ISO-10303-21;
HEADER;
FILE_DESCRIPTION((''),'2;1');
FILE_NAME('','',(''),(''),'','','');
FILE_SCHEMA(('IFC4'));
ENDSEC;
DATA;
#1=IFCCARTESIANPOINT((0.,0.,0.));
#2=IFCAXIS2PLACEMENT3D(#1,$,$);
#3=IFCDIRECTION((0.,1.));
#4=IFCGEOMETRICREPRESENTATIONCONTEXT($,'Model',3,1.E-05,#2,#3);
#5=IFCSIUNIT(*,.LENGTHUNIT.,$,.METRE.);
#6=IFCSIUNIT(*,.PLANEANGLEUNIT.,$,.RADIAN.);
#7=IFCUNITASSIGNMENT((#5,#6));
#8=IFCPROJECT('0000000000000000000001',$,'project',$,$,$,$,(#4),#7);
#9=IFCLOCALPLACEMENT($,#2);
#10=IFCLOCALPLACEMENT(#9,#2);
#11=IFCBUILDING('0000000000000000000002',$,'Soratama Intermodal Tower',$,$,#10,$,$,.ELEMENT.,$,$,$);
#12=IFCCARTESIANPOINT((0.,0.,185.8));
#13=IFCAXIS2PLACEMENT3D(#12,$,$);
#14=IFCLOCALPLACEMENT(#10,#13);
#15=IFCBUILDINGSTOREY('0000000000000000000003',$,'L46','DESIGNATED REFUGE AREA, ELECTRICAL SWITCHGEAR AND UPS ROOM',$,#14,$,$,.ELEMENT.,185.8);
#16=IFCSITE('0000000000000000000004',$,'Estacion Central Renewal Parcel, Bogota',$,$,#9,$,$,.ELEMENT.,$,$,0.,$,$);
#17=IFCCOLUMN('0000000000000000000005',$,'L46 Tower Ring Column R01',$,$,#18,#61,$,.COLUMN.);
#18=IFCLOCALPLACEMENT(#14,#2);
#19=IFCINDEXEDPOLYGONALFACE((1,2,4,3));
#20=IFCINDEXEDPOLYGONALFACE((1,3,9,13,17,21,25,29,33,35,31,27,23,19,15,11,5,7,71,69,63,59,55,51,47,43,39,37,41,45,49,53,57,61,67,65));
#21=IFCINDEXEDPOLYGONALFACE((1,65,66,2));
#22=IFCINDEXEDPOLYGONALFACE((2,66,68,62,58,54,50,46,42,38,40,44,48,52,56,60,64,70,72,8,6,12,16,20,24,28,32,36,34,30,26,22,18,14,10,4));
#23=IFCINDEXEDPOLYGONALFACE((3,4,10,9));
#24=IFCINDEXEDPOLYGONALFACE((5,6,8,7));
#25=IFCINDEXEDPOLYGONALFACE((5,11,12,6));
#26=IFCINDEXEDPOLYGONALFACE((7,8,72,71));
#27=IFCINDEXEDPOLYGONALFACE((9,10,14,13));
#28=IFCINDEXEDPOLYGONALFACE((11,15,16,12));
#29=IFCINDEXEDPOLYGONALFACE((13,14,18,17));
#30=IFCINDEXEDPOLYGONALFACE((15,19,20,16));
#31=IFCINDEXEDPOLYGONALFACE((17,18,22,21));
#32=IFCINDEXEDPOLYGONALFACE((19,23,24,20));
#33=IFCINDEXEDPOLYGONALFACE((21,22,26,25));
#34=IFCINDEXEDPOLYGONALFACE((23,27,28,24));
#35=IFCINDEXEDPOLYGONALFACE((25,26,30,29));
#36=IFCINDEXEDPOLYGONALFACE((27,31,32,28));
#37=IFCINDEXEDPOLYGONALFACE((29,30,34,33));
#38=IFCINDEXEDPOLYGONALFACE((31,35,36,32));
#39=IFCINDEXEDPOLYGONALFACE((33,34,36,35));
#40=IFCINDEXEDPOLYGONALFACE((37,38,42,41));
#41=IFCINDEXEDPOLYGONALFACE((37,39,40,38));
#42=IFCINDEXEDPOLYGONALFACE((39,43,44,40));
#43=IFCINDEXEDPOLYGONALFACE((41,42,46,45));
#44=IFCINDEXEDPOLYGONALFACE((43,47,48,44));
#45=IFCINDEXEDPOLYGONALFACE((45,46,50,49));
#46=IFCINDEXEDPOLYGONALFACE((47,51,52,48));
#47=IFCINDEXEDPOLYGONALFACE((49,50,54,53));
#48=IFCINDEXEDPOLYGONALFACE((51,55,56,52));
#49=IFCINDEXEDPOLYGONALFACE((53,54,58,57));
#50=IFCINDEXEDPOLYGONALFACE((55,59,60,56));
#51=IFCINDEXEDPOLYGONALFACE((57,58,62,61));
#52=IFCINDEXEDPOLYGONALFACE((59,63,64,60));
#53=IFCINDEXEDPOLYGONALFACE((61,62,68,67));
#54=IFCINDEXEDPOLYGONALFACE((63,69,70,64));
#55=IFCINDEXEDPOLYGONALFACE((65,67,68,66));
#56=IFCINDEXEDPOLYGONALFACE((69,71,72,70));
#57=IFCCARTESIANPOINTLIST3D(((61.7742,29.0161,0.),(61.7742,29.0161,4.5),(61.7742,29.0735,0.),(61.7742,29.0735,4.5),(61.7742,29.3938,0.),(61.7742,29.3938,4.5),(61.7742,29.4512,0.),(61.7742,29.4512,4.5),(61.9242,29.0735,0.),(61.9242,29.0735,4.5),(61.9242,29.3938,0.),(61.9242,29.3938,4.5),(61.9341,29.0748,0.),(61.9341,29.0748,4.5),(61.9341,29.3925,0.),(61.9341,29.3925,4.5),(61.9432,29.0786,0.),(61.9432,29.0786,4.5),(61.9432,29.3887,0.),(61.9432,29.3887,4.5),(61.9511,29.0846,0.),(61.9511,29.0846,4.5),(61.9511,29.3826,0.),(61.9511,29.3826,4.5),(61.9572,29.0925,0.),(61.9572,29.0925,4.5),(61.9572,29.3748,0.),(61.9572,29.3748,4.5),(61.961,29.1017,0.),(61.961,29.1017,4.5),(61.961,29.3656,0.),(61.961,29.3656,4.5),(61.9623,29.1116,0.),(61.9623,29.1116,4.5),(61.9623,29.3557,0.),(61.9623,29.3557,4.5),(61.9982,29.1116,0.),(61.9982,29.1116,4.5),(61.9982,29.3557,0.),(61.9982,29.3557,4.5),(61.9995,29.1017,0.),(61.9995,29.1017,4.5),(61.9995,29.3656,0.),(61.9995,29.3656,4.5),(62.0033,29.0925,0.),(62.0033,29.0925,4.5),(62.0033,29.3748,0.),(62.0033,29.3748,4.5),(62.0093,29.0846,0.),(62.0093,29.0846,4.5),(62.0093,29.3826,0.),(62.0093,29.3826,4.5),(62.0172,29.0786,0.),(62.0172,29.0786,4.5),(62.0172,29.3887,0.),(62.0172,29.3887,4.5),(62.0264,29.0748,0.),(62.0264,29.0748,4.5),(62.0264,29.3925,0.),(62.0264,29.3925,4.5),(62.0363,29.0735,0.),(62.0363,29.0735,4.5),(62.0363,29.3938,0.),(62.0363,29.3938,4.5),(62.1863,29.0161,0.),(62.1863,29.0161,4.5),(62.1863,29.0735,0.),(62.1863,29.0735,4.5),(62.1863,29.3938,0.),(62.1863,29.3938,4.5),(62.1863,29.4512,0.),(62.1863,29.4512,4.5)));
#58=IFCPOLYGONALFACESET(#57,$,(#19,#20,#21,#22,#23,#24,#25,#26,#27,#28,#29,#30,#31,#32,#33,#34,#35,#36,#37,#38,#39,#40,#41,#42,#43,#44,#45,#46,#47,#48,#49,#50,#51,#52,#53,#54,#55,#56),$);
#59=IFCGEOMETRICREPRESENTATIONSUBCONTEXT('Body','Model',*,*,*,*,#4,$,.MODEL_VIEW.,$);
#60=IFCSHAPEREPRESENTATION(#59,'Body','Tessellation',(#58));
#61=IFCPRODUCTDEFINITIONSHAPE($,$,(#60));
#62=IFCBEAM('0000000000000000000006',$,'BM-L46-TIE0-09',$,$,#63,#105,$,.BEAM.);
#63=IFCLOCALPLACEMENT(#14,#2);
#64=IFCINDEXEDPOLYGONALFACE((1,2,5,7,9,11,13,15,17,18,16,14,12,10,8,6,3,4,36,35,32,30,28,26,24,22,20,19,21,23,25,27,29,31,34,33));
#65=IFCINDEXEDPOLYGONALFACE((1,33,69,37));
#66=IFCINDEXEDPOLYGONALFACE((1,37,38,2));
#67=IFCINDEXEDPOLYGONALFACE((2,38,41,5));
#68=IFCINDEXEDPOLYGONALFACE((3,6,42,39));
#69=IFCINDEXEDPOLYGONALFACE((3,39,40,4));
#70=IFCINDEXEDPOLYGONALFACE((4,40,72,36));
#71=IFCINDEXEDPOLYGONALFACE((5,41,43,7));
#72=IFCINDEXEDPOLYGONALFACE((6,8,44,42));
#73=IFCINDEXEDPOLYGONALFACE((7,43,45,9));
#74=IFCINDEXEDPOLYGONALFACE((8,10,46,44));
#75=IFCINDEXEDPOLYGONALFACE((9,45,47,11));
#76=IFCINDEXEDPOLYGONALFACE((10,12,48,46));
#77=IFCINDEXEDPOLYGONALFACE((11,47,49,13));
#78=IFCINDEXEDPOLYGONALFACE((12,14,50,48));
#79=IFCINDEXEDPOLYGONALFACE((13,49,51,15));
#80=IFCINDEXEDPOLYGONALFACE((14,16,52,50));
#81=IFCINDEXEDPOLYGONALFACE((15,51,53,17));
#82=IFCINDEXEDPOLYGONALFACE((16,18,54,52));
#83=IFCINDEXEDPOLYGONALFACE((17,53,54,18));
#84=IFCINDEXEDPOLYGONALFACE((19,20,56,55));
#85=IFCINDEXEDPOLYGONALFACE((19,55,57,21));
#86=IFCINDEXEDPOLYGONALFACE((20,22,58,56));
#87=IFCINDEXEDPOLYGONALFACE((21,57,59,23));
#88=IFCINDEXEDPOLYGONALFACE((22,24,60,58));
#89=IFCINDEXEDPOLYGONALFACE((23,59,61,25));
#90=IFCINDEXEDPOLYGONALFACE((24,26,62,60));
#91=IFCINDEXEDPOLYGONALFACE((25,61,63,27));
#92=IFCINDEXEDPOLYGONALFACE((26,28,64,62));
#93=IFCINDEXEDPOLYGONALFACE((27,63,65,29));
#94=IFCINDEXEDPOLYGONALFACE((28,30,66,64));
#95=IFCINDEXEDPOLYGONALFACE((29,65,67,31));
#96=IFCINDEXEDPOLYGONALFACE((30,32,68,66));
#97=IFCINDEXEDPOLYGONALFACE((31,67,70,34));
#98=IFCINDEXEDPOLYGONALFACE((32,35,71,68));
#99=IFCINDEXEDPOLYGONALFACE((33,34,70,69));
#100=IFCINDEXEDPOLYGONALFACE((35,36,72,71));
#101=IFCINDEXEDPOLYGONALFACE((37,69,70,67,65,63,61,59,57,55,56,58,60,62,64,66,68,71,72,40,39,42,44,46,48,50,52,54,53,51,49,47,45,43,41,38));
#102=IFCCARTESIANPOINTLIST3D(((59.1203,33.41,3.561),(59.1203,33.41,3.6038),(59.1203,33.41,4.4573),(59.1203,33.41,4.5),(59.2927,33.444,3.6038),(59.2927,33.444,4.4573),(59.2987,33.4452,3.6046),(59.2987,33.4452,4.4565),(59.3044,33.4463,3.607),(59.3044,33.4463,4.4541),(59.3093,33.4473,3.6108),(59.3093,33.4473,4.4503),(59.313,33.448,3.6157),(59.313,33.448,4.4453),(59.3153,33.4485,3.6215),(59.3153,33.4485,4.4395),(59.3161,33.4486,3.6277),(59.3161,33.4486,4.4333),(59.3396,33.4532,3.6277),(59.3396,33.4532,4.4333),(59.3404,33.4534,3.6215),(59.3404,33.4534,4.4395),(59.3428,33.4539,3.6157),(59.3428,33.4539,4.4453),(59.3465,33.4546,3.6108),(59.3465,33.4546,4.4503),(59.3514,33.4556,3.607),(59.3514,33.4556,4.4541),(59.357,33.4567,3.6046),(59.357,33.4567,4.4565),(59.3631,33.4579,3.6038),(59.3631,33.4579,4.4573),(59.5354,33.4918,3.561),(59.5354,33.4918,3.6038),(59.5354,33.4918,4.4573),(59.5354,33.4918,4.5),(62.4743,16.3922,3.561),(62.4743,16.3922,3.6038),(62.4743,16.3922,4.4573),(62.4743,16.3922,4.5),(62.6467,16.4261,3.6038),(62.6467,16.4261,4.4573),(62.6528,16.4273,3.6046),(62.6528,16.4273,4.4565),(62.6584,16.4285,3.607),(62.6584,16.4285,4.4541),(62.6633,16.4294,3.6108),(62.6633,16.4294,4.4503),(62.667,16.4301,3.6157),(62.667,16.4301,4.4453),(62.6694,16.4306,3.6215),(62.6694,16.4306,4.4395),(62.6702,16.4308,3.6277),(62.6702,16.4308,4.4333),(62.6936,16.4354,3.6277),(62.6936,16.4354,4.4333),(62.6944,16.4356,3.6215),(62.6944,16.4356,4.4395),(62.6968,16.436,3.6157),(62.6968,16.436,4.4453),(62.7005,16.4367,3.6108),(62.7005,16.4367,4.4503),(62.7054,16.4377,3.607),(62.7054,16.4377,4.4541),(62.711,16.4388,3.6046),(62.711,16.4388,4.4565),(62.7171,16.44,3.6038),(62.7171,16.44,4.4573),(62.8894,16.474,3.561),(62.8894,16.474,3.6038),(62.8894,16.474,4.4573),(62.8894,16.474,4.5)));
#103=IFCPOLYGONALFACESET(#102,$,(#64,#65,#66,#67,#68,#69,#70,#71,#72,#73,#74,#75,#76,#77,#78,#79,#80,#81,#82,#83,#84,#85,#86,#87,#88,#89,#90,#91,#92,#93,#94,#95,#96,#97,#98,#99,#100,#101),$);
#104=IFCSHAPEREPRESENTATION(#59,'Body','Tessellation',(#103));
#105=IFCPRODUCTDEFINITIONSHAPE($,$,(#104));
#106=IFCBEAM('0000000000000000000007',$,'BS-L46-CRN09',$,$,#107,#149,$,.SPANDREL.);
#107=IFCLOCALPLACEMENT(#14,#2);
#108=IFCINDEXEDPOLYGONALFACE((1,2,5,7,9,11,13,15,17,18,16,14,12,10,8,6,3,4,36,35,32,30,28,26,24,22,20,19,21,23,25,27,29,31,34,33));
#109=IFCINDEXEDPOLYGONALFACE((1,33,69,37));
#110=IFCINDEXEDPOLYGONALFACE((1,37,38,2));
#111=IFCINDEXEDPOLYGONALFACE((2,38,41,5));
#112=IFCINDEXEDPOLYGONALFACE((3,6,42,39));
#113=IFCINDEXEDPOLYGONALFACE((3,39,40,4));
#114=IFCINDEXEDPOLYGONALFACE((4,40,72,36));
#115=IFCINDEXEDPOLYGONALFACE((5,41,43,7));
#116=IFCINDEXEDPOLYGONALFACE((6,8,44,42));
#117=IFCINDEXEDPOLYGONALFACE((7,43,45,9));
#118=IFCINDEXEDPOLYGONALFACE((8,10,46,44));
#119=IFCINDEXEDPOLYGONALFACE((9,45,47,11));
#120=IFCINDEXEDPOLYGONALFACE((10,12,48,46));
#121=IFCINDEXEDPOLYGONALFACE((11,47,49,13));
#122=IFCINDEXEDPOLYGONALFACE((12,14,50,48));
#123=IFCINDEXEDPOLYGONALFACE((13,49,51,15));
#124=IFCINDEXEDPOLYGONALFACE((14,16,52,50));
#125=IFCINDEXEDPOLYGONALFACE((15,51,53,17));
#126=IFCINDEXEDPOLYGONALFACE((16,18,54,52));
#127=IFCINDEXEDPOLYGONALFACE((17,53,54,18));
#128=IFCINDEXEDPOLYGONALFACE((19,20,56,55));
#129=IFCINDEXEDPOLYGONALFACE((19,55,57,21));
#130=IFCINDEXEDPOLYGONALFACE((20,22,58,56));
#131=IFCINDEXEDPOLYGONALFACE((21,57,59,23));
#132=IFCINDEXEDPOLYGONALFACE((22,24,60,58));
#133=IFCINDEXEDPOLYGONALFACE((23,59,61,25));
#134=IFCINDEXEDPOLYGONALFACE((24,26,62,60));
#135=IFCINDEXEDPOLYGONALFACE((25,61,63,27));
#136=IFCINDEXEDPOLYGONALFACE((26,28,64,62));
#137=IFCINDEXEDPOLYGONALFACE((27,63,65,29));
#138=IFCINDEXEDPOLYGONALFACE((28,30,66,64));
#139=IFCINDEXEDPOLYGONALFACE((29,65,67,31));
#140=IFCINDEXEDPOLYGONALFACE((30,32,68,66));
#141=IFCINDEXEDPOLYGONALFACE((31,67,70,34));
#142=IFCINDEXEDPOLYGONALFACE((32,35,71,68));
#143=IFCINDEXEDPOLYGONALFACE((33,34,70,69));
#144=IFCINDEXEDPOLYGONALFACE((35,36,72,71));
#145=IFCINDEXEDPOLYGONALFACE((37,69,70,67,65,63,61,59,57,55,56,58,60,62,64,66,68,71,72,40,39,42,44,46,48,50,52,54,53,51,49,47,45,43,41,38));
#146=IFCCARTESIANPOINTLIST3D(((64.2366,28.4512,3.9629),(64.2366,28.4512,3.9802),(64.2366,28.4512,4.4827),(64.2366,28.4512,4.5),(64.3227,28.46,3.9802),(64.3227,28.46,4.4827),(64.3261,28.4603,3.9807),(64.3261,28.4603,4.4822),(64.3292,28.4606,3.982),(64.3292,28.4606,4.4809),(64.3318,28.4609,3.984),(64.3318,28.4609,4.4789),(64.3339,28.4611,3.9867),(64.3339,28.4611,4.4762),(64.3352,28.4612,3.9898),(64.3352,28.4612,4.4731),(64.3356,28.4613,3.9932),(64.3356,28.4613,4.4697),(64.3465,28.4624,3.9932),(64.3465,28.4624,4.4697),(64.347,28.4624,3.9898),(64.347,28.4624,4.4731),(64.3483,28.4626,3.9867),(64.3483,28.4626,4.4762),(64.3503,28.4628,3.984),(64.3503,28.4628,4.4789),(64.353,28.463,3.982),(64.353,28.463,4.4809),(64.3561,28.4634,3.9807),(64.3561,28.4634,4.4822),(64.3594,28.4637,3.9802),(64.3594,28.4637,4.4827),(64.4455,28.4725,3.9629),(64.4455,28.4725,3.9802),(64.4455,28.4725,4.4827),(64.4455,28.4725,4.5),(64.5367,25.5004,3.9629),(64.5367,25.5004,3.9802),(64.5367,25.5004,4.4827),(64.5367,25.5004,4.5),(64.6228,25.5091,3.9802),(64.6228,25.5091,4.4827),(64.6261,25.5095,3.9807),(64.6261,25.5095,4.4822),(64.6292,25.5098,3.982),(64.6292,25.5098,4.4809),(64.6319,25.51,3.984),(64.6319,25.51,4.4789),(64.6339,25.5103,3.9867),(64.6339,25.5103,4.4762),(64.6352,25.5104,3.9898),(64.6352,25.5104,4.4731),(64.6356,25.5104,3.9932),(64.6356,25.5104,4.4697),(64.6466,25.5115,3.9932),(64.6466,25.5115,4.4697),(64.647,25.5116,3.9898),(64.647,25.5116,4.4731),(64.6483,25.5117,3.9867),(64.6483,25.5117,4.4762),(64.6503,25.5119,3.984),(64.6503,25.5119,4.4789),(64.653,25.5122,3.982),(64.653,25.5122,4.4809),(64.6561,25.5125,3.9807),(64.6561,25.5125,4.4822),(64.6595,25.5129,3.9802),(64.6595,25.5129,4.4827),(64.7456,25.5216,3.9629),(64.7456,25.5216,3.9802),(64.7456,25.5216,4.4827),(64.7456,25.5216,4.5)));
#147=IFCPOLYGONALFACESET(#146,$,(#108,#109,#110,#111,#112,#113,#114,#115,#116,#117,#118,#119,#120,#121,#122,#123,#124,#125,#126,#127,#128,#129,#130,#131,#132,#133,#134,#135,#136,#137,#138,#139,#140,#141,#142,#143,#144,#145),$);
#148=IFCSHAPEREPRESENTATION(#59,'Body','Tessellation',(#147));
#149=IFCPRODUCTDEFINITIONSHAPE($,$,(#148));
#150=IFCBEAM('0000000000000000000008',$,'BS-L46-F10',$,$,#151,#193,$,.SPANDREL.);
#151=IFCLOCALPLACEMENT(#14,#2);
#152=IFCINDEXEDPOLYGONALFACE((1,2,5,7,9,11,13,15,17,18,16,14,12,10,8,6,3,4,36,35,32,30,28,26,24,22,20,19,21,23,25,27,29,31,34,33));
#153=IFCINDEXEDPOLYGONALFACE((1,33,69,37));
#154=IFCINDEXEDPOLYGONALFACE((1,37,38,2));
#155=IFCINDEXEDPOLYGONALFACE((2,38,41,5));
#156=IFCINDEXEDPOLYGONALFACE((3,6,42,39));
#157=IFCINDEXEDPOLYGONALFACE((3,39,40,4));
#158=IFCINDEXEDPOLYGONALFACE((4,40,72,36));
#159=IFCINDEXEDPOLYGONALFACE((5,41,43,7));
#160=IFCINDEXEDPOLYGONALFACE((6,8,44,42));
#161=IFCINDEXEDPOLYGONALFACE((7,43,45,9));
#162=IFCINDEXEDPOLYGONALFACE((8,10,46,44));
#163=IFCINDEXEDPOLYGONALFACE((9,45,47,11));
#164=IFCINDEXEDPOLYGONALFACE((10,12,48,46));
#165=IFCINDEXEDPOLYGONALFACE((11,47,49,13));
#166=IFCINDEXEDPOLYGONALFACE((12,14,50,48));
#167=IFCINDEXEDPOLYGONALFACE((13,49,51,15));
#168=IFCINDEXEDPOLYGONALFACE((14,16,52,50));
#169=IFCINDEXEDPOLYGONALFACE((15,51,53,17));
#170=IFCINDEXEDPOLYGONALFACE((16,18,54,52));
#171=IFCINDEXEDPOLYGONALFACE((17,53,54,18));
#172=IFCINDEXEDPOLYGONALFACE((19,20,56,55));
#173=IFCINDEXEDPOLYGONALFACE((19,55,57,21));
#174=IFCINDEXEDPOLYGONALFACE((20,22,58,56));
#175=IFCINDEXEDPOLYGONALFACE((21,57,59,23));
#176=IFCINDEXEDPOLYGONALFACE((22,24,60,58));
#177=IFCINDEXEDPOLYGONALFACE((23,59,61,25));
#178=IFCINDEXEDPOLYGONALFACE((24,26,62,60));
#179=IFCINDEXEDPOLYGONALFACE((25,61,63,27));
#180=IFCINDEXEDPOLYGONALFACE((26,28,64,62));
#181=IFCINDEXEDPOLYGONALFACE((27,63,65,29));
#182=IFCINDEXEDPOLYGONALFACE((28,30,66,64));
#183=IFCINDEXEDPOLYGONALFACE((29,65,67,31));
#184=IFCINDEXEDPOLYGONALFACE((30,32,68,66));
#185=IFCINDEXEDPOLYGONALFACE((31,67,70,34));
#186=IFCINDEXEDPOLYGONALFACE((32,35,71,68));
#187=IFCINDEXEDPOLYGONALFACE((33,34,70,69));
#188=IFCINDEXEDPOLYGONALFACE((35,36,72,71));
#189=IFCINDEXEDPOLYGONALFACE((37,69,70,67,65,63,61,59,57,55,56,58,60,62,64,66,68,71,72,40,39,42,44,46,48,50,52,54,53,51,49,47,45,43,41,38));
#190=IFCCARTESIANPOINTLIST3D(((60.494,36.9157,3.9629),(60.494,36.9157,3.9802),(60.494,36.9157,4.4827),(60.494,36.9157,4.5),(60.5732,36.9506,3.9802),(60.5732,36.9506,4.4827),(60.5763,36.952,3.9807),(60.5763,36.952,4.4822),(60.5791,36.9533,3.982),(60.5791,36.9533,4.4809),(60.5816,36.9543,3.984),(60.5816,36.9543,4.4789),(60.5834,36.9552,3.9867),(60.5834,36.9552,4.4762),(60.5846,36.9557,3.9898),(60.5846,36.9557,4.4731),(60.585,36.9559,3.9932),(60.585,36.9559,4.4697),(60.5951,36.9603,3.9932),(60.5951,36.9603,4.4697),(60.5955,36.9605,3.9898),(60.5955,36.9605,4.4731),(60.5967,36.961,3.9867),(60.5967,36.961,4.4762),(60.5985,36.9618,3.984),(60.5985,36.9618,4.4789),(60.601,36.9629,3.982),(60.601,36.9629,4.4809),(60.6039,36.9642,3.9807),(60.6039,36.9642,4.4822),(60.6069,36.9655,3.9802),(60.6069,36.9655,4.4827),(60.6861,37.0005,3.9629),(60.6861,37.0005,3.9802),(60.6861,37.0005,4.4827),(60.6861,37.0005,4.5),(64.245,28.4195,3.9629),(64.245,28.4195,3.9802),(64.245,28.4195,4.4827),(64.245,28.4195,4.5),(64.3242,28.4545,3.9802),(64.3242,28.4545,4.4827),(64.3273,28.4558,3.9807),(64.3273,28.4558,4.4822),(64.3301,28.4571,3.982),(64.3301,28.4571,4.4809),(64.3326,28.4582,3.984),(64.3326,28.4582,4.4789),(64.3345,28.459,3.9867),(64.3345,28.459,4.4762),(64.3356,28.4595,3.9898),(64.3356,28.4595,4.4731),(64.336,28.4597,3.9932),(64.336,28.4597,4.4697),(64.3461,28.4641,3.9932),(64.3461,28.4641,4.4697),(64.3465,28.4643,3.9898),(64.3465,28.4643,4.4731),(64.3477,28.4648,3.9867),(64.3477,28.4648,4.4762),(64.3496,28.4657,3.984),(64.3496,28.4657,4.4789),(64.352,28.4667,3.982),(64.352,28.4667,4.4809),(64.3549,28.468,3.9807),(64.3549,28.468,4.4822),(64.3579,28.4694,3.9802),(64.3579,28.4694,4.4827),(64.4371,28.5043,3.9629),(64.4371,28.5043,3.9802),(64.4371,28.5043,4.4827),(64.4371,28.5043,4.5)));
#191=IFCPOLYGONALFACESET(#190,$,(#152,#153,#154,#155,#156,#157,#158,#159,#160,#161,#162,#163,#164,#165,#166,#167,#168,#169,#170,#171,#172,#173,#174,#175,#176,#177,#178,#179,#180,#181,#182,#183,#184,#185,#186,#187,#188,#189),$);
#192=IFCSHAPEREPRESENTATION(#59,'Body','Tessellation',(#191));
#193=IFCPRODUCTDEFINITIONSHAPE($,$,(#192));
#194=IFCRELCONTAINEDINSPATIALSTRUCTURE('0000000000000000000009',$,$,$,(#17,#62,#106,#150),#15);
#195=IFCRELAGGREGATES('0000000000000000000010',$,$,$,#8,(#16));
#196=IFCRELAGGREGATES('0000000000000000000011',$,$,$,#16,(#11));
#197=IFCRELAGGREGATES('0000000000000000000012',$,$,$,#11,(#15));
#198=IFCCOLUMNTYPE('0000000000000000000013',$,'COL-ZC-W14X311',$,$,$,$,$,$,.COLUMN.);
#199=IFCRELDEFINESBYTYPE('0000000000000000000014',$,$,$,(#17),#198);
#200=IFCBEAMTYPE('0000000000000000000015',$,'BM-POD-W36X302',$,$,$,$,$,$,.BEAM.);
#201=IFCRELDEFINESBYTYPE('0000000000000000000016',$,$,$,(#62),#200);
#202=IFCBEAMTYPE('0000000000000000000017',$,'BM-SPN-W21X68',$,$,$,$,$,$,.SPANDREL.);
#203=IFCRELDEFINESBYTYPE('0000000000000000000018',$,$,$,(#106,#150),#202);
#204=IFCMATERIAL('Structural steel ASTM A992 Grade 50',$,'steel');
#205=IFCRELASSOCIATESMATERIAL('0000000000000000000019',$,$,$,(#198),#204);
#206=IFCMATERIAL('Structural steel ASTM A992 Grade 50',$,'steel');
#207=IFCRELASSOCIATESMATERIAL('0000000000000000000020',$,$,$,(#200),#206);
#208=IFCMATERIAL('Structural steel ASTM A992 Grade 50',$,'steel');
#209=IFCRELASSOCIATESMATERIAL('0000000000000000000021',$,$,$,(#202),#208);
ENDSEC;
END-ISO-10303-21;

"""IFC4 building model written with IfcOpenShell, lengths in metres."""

from ifc_helpers import new_model, si_unit, direction, frame, origin, origin_2d, place, context, subcontext, project, spatial, i_section, extrude, material, material_profile, profile_set, type_object, element, save


model = new_model("IFC4")

# Units and contexts
model_context = context("Model", 3, precision=1e-05, world=origin(), true_north=direction((0.0, 1.0)))
body_context = subcontext(model_context, "Body", "Model", "MODEL_VIEW")
ifc_project = project(units=[si_unit("LENGTHUNIT", "METRE"), si_unit("PLANEANGLEUNIT", "RADIAN")], contexts=[model_context])

# Site, building, storey
site_placement = place(None, origin())
site = spatial("IfcSite", under=ifc_project, at=site_placement, Name="Estacion Central Renewal Parcel, Bogota", CompositionType="ELEMENT", RefElevation=0.0)
building_placement = place(site_placement, origin())
building = spatial("IfcBuilding", under=site, at=building_placement, Name="Soratama Intermodal Tower", CompositionType="ELEMENT")
storey_placement = place(building_placement, frame((0.0, 0.0, 185.8)))
storey = spatial("IfcBuildingStorey", under=building, at=storey_placement, Name="L46", Description="DESIGNATED REFUGE AREA, ELECTRICAL SWITCHGEAR AND UPS ROOM", CompositionType="ELEMENT", Elevation=185.8)

# Column
ifc_material_1 = material(Name="Structural steel ASTM A992 Grade 50", Category="steel")
ifc_material_profile_1 = material_profile(ifc_material_1, i_section(OverallWidth=0.4121, OverallDepth=0.4351, WebThickness=0.0359, FlangeThickness=0.0574, FilletRadius=0.0381, at=origin_2d()), Name="W14X311")
ifc_profile_set_1 = profile_set([ifc_material_profile_1], Name="Structural steel ASTM A992 Grade 50")
column_type = type_object("IfcColumnType", Name="COL-ZC-W14X311", PredefinedType="COLUMN", material=ifc_profile_set_1)
column_placement = place(storey_placement, frame((61.9802, 29.2336, 0.0), z_axis=(0.0, 0.0, 1.0), x_axis=(1.0, 0.0, 0.0)))
element("IfcColumn", 1, at=column_placement, inside=storey, type_object=column_type, Name="L46 Tower Ring Column R01", PredefinedType="COLUMN", context=body_context, shape_type="SweptSolid", body=[
    extrude(i_section(OverallWidth=0.4121, OverallDepth=0.4351, WebThickness=0.0359, FlangeThickness=0.0574, FilletRadius=0.0381, at=origin_2d()), origin(), (0.0, 0.0, 1.0), 4.5),
])

# Beams
ifc_material_2 = material(Name="Structural steel ASTM A992 Grade 50", Category="steel")
ifc_material_profile_2 = material_profile(ifc_material_2, i_section(OverallWidth=0.4231, OverallDepth=0.939, WebThickness=0.0239, FlangeThickness=0.0427, FilletRadius=0.0239, at=origin_2d()), Name="W36X302")
ifc_profile_set_2 = profile_set([ifc_material_profile_2], Name="Structural steel ASTM A992 Grade 50")
beam_type_1 = type_object("IfcBeamType", Name="BM-POD-W36X302", PredefinedType="BEAM", material=ifc_profile_set_2)
beam_1_placement = place(storey_placement, frame((59.3279, 33.4509, 4.0305), z_axis=(0.193368, -0.981126, 0.0), x_axis=(0.981126, 0.193368, 0.0)))
element("IfcBeam", 2, at=beam_1_placement, inside=storey, type_object=beam_type_1, Name="BM-L46-TIE0-09", PredefinedType="BEAM", context=body_context, shape_type="SweptSolid", body=[
    extrude(i_section(OverallWidth=0.4231, OverallDepth=0.939, WebThickness=0.0239, FlangeThickness=0.0427, FilletRadius=0.0239, at=origin_2d()), origin(), (0.0, 0.0, 1.0), 17.3452),
])
ifc_material_3 = material(Name="Structural steel ASTM A992 Grade 50", Category="steel")
ifc_material_profile_3 = material_profile(ifc_material_3, i_section(OverallWidth=0.21, OverallDepth=0.5371, WebThickness=0.011, FlangeThickness=0.0173, FilletRadius=0.0129, at=origin_2d()), Name="W21X68")
ifc_profile_set_3 = profile_set([ifc_material_profile_3], Name="Structural steel ASTM A992 Grade 50")
beam_type_2 = type_object("IfcBeamType", Name="BM-SPN-W21X68", PredefinedType="SPANDREL", material=ifc_profile_set_3)
beam_2_placement = place(storey_placement, frame((64.6411, 25.511, 4.2314), z_axis=(-0.101158, 0.99487, 0.0), x_axis=(-0.99487, -0.101158, 0.0)))
element("IfcBeam", 3, at=beam_2_placement, inside=storey, type_object=beam_type_2, Name="BS-L46-CRN09", PredefinedType="SPANDREL", context=body_context, shape_type="SweptSolid", body=[
    extrude(i_section(OverallWidth=0.21, OverallDepth=0.5371, WebThickness=0.011, FlangeThickness=0.0173, FilletRadius=0.0129, at=origin_2d()), origin(), (0.0, 0.0, 1.0), 2.9661),
])
beam_3_placement = place(storey_placement, frame((64.3411, 28.4619, 4.2314), z_axis=(-0.403884, 0.91481, 0.0), x_axis=(-0.91481, -0.403884, 0.0)))
element("IfcBeam", 4, at=beam_3_placement, inside=storey, type_object=beam_type_2, Name="BS-L46-F10", PredefinedType="SPANDREL", context=body_context, shape_type="SweptSolid", body=[
    extrude(i_section(OverallWidth=0.21, OverallDepth=0.5371, WebThickness=0.011, FlangeThickness=0.0173, FilletRadius=0.0129, at=origin_2d()), origin(), (0.0, 0.0, 1.0), 9.2874),
])

save(model, "model.ifc")
